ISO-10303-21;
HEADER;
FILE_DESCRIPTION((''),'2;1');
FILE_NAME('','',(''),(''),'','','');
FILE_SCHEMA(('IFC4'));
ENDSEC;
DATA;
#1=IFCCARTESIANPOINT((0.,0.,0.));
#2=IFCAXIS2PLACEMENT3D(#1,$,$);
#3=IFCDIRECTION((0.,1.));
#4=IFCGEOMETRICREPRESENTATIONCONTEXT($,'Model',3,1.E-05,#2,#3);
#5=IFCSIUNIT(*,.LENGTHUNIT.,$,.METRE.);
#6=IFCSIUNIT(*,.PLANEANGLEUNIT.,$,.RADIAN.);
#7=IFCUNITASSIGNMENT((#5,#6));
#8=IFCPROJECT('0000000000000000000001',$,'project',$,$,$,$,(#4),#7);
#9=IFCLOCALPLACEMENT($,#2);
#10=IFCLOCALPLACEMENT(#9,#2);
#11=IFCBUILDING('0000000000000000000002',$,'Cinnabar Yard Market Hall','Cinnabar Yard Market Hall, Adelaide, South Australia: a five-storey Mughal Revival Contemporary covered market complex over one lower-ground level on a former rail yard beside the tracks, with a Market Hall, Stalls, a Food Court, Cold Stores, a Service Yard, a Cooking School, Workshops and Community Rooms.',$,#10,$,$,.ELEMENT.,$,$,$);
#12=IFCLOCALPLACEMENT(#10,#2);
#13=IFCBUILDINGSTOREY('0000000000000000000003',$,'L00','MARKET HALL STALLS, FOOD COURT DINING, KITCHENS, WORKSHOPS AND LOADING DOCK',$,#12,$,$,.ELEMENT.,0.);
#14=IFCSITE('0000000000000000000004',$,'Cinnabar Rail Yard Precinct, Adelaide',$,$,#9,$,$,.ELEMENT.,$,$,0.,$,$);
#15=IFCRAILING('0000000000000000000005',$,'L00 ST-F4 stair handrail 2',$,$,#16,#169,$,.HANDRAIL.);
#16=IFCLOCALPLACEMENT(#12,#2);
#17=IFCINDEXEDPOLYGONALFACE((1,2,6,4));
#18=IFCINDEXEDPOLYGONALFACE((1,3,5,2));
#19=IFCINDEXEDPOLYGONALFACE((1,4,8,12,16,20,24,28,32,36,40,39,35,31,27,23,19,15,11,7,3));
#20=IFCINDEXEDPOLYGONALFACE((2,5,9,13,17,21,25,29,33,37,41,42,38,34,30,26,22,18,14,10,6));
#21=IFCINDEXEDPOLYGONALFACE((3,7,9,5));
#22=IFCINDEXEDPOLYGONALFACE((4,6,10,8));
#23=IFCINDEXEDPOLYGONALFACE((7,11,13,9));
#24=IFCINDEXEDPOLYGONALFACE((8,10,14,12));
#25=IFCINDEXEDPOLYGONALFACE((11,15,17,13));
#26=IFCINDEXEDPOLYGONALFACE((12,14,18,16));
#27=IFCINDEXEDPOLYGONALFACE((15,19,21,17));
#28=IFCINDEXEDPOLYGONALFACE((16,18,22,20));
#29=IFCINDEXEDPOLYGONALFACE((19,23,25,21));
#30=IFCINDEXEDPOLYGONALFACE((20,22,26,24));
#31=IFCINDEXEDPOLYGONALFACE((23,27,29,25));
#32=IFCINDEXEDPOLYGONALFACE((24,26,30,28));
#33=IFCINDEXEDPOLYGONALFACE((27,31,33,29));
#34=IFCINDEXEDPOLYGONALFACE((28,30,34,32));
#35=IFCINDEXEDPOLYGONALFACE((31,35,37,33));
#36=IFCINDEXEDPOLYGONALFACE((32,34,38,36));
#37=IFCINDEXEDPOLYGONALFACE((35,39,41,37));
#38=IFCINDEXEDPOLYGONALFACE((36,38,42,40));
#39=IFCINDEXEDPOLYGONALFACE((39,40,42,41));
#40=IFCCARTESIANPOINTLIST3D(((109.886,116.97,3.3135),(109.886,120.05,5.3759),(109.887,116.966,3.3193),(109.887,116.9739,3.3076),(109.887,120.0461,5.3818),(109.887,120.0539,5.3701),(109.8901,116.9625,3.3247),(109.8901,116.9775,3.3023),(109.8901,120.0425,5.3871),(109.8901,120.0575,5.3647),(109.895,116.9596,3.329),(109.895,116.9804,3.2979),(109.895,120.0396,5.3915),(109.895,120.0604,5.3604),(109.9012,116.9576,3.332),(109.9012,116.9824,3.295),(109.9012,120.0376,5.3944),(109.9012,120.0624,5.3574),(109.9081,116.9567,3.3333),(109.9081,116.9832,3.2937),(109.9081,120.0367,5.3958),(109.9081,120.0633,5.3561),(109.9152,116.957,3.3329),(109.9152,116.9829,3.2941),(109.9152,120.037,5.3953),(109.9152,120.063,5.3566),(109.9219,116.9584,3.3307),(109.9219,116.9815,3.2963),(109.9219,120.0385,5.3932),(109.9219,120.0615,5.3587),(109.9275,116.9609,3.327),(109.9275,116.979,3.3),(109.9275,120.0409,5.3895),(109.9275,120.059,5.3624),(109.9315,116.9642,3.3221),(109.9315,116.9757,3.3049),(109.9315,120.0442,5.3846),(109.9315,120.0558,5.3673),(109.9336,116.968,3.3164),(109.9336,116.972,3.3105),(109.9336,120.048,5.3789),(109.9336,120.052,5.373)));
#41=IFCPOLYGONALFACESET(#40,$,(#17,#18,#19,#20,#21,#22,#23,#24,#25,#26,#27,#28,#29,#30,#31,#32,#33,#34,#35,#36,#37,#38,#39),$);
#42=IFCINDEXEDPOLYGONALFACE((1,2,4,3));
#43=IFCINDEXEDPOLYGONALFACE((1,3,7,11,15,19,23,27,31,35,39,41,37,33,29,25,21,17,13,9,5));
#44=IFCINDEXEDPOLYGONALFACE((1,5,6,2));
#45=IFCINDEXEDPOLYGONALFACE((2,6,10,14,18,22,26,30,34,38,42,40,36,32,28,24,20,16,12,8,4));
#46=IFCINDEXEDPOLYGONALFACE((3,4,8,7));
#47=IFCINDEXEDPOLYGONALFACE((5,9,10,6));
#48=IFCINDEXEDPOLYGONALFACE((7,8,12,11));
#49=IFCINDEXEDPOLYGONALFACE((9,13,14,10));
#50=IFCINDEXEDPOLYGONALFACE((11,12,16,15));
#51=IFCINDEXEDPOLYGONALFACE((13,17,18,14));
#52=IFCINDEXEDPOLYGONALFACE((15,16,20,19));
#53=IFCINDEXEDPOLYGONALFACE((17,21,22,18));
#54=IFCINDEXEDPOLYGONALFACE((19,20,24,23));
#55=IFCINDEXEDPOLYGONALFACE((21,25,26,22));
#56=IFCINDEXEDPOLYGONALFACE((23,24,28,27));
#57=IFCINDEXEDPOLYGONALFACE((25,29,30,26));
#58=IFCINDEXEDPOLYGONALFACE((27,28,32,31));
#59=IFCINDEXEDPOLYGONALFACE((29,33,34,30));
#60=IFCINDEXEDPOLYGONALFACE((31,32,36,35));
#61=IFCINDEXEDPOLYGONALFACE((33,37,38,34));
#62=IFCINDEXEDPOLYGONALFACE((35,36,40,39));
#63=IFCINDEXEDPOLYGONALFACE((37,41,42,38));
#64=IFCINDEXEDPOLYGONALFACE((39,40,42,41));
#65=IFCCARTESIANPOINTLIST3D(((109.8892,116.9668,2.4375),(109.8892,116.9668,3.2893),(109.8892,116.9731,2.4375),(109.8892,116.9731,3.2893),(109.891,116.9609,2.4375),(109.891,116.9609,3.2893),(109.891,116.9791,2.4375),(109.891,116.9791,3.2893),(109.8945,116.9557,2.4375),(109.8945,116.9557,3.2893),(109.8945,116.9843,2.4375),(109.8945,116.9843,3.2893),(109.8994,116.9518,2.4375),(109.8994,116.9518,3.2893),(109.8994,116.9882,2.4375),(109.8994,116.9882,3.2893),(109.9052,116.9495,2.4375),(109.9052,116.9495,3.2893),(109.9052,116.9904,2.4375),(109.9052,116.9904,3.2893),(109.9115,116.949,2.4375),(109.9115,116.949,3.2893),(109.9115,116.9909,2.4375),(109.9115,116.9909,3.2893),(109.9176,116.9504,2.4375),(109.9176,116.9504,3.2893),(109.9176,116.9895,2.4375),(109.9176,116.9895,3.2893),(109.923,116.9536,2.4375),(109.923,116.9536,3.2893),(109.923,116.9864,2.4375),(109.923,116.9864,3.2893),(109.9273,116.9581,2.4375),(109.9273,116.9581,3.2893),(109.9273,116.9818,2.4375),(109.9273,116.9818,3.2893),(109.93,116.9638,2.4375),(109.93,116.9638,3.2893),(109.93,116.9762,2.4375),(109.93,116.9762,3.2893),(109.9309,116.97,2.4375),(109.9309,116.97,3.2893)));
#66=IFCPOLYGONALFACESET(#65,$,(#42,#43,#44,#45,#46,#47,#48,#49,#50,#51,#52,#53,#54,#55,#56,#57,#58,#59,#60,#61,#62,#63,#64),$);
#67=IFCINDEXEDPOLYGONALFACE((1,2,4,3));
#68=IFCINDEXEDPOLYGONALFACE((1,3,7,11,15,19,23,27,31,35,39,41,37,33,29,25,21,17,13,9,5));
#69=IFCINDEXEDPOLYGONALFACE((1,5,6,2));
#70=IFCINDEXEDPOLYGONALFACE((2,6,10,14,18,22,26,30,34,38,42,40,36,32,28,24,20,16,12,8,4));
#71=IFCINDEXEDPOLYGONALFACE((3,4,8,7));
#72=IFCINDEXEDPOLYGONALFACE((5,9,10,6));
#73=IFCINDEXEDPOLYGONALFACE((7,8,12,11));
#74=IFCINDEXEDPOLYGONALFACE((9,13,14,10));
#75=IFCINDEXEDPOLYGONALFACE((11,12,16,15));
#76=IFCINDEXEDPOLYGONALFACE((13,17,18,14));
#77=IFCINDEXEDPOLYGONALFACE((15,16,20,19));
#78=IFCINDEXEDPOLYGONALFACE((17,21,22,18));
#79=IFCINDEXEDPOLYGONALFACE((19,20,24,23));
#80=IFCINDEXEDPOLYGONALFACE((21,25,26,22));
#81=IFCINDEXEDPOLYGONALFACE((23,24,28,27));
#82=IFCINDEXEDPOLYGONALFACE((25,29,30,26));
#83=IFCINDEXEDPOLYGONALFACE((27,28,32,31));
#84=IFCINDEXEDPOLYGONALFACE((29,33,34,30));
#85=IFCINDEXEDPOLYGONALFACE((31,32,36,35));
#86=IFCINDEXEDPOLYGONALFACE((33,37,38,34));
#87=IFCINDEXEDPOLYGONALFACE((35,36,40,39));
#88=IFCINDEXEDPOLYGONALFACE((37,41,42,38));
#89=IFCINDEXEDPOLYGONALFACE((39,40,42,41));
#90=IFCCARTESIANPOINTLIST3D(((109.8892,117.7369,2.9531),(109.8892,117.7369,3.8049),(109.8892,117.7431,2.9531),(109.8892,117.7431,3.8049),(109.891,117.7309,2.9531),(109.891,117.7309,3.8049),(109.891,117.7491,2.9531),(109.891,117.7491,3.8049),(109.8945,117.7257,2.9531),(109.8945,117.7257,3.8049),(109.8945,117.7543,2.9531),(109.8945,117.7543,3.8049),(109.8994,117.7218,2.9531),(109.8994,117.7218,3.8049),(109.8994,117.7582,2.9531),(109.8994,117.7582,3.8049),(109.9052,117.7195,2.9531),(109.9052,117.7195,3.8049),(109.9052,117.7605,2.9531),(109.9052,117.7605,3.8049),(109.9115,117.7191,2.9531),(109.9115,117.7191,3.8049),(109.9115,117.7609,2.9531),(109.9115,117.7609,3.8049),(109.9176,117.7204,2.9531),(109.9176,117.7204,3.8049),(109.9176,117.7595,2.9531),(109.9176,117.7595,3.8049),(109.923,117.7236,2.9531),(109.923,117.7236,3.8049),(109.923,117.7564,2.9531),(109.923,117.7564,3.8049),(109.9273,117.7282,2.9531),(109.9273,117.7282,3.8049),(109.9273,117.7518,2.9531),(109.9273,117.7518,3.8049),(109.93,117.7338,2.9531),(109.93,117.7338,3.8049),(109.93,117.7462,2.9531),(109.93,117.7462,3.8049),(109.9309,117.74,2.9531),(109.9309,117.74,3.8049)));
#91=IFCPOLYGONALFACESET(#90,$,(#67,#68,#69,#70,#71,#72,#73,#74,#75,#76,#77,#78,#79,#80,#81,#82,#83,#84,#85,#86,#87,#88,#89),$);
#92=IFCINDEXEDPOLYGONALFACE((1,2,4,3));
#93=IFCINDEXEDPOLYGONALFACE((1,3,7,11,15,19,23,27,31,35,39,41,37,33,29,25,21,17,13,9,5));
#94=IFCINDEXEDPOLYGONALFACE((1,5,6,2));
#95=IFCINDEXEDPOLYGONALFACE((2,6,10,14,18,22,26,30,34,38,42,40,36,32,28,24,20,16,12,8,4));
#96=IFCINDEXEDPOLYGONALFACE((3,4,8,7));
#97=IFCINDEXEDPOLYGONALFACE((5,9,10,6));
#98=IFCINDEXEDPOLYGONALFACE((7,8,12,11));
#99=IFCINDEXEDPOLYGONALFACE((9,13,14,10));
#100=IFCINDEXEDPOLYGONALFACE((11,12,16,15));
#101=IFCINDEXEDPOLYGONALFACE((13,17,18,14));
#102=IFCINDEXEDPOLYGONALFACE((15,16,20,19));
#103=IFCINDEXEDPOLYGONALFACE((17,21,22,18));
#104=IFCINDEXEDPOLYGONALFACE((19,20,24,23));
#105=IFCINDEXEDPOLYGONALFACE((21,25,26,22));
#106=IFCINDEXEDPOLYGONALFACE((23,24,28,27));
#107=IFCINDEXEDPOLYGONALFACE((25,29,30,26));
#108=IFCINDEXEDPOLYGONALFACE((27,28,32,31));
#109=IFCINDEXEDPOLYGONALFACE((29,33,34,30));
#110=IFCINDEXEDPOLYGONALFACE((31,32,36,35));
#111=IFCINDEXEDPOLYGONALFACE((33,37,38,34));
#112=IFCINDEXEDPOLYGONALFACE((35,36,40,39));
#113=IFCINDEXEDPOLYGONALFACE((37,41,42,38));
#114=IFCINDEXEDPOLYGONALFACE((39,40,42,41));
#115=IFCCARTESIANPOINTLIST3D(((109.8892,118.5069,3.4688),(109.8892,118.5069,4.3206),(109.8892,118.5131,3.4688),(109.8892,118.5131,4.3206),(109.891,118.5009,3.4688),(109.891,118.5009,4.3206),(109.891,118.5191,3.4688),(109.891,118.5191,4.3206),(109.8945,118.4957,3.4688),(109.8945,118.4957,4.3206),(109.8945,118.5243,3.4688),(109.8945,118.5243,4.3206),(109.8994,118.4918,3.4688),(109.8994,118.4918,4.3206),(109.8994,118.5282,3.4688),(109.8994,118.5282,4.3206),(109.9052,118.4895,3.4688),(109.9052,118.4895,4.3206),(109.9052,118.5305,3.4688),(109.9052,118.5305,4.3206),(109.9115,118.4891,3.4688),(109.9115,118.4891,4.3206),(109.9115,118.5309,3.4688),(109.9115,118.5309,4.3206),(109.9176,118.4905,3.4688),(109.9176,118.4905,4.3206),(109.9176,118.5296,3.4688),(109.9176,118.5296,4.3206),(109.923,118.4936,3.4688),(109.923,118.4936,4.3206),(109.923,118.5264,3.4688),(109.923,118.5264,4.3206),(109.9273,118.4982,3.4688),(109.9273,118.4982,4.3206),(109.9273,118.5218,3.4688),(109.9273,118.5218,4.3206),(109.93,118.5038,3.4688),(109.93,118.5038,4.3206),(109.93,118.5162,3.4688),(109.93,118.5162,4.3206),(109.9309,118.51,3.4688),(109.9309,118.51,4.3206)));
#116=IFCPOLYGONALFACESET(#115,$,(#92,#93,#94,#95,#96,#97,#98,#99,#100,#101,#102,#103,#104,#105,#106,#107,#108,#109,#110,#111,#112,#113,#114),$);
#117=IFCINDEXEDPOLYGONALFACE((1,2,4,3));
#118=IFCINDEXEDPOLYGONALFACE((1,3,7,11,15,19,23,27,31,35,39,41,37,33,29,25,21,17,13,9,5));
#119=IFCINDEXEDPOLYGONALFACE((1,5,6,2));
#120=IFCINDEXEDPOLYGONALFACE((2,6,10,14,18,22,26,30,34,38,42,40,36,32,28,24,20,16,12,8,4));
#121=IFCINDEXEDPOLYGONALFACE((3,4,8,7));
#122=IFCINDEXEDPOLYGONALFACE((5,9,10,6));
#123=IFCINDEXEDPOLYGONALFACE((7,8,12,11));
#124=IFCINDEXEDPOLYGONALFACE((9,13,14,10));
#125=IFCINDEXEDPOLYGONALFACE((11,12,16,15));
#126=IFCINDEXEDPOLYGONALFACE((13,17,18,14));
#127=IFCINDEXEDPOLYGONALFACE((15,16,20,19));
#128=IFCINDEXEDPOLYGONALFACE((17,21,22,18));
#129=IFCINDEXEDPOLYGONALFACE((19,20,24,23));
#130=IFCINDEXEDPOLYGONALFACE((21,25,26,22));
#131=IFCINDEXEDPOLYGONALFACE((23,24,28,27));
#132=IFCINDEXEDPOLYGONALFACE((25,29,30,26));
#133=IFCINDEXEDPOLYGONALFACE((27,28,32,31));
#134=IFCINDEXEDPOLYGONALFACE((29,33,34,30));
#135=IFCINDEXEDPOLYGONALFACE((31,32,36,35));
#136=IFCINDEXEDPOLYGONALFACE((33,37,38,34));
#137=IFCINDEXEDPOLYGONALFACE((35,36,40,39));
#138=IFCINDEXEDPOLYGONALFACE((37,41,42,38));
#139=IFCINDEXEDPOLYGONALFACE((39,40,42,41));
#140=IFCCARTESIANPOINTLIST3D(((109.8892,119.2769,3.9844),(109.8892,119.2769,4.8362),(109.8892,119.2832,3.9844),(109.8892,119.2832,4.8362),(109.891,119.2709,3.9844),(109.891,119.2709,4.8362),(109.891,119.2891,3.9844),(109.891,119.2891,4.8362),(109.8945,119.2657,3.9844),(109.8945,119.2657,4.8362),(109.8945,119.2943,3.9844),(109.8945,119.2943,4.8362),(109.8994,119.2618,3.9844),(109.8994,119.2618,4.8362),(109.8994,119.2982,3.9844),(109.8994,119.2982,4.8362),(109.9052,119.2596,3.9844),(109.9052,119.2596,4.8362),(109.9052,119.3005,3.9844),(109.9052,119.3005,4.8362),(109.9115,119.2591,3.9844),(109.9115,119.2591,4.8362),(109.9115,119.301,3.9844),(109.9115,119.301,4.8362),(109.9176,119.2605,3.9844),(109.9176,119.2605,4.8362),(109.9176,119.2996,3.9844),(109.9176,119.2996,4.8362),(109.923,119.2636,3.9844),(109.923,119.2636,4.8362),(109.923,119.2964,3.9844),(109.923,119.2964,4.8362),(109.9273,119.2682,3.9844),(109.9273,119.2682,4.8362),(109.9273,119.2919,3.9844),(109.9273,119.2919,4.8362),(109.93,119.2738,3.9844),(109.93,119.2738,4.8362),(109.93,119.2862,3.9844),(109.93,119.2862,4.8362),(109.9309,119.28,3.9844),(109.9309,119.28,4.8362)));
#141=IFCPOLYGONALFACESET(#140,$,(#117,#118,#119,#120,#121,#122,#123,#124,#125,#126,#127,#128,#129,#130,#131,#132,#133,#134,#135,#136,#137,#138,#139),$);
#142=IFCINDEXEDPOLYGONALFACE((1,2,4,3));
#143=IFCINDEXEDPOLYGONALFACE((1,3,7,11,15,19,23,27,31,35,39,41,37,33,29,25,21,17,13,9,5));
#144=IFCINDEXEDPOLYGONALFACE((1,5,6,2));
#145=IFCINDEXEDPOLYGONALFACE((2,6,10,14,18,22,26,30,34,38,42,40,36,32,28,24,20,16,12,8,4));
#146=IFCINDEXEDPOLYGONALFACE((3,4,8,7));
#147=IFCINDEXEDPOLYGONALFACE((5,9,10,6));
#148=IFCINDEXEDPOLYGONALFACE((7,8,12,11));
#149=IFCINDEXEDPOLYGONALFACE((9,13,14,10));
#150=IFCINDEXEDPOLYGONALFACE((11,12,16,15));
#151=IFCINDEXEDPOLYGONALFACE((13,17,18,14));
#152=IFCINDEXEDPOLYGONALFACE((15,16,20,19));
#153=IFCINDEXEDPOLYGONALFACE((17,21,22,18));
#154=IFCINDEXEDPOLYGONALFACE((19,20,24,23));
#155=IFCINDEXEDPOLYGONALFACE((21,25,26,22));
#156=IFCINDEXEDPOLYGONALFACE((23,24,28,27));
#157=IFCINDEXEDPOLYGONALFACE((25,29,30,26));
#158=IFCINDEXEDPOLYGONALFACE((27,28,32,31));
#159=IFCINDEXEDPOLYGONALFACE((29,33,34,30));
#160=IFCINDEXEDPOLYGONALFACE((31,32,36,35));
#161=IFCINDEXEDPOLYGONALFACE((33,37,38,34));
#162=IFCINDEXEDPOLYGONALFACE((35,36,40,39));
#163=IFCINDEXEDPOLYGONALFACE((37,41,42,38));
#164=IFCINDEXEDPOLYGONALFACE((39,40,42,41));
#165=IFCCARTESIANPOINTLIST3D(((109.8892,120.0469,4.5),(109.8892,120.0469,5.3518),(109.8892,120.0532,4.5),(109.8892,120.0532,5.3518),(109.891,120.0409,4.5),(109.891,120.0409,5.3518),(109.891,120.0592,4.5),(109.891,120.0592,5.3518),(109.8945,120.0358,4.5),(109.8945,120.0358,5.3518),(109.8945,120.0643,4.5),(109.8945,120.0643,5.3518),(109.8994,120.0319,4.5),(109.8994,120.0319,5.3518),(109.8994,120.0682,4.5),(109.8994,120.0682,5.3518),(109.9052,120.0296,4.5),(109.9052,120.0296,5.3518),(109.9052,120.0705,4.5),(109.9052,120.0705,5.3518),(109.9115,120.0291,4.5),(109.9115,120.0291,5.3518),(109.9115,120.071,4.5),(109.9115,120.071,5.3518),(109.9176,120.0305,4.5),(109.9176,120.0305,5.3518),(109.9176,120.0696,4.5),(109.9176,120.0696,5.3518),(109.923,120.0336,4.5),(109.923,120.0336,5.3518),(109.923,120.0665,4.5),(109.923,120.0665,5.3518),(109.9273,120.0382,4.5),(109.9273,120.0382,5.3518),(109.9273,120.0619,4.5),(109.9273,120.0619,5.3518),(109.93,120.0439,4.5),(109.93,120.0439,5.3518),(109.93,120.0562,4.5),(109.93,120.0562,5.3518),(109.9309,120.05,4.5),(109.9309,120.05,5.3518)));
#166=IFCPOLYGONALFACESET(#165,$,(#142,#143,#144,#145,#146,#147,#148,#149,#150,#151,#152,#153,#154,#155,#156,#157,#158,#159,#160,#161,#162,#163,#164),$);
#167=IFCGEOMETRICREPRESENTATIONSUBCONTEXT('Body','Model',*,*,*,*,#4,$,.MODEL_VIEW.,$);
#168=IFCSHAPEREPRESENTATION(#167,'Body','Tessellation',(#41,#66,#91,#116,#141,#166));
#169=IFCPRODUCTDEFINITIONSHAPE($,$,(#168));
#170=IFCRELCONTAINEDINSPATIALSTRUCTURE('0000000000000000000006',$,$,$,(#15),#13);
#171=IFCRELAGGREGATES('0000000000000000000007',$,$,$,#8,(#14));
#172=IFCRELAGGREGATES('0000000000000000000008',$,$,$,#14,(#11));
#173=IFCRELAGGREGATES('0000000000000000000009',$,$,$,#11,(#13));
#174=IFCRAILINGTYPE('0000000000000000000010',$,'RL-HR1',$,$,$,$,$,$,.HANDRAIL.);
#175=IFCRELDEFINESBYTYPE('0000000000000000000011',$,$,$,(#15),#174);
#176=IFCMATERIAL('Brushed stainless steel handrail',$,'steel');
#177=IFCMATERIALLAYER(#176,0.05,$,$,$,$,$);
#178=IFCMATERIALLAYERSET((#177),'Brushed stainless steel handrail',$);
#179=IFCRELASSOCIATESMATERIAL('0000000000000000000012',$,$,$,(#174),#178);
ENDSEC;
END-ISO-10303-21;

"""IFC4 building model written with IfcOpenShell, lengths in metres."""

from ifc_helpers import new_model, si_unit, direction, frame, origin, origin_2d_with_axis, place, context, subcontext, project, spatial, circle, extrude, material, layer, layer_set, type_object, element, save


model = new_model("IFC4")

# Units and contexts
model_context = context("Model", 3, precision=1e-05, world=origin(), true_north=direction((0.0, 1.0)))
body_context = subcontext(model_context, "Body", "Model", "MODEL_VIEW")
ifc_project = project(units=[si_unit("LENGTHUNIT", "METRE"), si_unit("PLANEANGLEUNIT", "RADIAN")], contexts=[model_context])

# Site, building, storey
site_placement = place(None, origin())
site = spatial("IfcSite", under=ifc_project, at=site_placement, Name="Cinnabar Rail Yard Precinct, Adelaide", CompositionType="ELEMENT", RefElevation=0.0)
building_placement = place(site_placement, origin())
building = spatial("IfcBuilding", under=site, at=building_placement, Name="Cinnabar Yard Market Hall", Description="Cinnabar Yard Market Hall, Adelaide, South Australia: a five-storey Mughal Revival Contemporary covered market complex over one lower-ground level on a former rail yard beside the tracks, with a Market Hall, Stalls, a Food Court, Cold Stores, a Service Yard, a Cooking School, Workshops and Community Rooms.", CompositionType="ELEMENT")
storey_placement = place(building_placement, origin())
storey = spatial("IfcBuildingStorey", under=building, at=storey_placement, Name="L00", Description="MARKET HALL STALLS, FOOD COURT DINING, KITCHENS, WORKSHOPS AND LOADING DOCK", CompositionType="ELEMENT", Elevation=0.0)

# Railing
ifc_material_1 = material(Name="Brushed stainless steel handrail", Category="steel")
ifc_layer_1 = layer(ifc_material_1, 0.05)
ifc_layer_set_1 = layer_set([ifc_layer_1], Name="Brushed stainless steel handrail")
railing_type_1 = type_object("IfcRailingType", Name="RL-HR1", PredefinedType="HANDRAIL", material=ifc_layer_set_1)
railing_1_placement = place(storey_placement, frame((109.9099, 116.97, 2.4375)))
element("IfcRailing", 1, at=railing_1_placement, inside=storey, type_object=railing_type_1, Name="L00 ST-F4 stair handrail 2", PredefinedType="HANDRAIL", context=body_context, shape_type="SweptSolid", body=[
    extrude(circle(Radius=0.0239, at=origin_2d_with_axis()), frame((0.0, 0.0, 0.876), z_axis=(0.0, 0.830914, 0.556401), x_axis=(-1.0, 0.0, 0.0)), (0.0, 0.0, 1.0), 3.7068),
    extrude(circle(Radius=0.021, at=origin_2d_with_axis()), origin(), (0.0, 0.0, 1.0), 0.8518),
    extrude(circle(Radius=0.021, at=origin_2d_with_axis()), frame((0.0, 0.77, 0.5156)), (0.0, 0.0, 1.0), 0.8518),
    extrude(circle(Radius=0.021, at=origin_2d_with_axis()), frame((0.0, 1.54, 1.0312)), (0.0, 0.0, 1.0), 0.8518),
    extrude(circle(Radius=0.021, at=origin_2d_with_axis()), frame((0.0, 2.3101, 1.5469)), (0.0, 0.0, 1.0), 0.8518),
    extrude(circle(Radius=0.021, at=origin_2d_with_axis()), frame((0.0, 3.0801, 2.0625)), (0.0, 0.0, 1.0), 0.8518),
])

save(model, "model.ifc")
